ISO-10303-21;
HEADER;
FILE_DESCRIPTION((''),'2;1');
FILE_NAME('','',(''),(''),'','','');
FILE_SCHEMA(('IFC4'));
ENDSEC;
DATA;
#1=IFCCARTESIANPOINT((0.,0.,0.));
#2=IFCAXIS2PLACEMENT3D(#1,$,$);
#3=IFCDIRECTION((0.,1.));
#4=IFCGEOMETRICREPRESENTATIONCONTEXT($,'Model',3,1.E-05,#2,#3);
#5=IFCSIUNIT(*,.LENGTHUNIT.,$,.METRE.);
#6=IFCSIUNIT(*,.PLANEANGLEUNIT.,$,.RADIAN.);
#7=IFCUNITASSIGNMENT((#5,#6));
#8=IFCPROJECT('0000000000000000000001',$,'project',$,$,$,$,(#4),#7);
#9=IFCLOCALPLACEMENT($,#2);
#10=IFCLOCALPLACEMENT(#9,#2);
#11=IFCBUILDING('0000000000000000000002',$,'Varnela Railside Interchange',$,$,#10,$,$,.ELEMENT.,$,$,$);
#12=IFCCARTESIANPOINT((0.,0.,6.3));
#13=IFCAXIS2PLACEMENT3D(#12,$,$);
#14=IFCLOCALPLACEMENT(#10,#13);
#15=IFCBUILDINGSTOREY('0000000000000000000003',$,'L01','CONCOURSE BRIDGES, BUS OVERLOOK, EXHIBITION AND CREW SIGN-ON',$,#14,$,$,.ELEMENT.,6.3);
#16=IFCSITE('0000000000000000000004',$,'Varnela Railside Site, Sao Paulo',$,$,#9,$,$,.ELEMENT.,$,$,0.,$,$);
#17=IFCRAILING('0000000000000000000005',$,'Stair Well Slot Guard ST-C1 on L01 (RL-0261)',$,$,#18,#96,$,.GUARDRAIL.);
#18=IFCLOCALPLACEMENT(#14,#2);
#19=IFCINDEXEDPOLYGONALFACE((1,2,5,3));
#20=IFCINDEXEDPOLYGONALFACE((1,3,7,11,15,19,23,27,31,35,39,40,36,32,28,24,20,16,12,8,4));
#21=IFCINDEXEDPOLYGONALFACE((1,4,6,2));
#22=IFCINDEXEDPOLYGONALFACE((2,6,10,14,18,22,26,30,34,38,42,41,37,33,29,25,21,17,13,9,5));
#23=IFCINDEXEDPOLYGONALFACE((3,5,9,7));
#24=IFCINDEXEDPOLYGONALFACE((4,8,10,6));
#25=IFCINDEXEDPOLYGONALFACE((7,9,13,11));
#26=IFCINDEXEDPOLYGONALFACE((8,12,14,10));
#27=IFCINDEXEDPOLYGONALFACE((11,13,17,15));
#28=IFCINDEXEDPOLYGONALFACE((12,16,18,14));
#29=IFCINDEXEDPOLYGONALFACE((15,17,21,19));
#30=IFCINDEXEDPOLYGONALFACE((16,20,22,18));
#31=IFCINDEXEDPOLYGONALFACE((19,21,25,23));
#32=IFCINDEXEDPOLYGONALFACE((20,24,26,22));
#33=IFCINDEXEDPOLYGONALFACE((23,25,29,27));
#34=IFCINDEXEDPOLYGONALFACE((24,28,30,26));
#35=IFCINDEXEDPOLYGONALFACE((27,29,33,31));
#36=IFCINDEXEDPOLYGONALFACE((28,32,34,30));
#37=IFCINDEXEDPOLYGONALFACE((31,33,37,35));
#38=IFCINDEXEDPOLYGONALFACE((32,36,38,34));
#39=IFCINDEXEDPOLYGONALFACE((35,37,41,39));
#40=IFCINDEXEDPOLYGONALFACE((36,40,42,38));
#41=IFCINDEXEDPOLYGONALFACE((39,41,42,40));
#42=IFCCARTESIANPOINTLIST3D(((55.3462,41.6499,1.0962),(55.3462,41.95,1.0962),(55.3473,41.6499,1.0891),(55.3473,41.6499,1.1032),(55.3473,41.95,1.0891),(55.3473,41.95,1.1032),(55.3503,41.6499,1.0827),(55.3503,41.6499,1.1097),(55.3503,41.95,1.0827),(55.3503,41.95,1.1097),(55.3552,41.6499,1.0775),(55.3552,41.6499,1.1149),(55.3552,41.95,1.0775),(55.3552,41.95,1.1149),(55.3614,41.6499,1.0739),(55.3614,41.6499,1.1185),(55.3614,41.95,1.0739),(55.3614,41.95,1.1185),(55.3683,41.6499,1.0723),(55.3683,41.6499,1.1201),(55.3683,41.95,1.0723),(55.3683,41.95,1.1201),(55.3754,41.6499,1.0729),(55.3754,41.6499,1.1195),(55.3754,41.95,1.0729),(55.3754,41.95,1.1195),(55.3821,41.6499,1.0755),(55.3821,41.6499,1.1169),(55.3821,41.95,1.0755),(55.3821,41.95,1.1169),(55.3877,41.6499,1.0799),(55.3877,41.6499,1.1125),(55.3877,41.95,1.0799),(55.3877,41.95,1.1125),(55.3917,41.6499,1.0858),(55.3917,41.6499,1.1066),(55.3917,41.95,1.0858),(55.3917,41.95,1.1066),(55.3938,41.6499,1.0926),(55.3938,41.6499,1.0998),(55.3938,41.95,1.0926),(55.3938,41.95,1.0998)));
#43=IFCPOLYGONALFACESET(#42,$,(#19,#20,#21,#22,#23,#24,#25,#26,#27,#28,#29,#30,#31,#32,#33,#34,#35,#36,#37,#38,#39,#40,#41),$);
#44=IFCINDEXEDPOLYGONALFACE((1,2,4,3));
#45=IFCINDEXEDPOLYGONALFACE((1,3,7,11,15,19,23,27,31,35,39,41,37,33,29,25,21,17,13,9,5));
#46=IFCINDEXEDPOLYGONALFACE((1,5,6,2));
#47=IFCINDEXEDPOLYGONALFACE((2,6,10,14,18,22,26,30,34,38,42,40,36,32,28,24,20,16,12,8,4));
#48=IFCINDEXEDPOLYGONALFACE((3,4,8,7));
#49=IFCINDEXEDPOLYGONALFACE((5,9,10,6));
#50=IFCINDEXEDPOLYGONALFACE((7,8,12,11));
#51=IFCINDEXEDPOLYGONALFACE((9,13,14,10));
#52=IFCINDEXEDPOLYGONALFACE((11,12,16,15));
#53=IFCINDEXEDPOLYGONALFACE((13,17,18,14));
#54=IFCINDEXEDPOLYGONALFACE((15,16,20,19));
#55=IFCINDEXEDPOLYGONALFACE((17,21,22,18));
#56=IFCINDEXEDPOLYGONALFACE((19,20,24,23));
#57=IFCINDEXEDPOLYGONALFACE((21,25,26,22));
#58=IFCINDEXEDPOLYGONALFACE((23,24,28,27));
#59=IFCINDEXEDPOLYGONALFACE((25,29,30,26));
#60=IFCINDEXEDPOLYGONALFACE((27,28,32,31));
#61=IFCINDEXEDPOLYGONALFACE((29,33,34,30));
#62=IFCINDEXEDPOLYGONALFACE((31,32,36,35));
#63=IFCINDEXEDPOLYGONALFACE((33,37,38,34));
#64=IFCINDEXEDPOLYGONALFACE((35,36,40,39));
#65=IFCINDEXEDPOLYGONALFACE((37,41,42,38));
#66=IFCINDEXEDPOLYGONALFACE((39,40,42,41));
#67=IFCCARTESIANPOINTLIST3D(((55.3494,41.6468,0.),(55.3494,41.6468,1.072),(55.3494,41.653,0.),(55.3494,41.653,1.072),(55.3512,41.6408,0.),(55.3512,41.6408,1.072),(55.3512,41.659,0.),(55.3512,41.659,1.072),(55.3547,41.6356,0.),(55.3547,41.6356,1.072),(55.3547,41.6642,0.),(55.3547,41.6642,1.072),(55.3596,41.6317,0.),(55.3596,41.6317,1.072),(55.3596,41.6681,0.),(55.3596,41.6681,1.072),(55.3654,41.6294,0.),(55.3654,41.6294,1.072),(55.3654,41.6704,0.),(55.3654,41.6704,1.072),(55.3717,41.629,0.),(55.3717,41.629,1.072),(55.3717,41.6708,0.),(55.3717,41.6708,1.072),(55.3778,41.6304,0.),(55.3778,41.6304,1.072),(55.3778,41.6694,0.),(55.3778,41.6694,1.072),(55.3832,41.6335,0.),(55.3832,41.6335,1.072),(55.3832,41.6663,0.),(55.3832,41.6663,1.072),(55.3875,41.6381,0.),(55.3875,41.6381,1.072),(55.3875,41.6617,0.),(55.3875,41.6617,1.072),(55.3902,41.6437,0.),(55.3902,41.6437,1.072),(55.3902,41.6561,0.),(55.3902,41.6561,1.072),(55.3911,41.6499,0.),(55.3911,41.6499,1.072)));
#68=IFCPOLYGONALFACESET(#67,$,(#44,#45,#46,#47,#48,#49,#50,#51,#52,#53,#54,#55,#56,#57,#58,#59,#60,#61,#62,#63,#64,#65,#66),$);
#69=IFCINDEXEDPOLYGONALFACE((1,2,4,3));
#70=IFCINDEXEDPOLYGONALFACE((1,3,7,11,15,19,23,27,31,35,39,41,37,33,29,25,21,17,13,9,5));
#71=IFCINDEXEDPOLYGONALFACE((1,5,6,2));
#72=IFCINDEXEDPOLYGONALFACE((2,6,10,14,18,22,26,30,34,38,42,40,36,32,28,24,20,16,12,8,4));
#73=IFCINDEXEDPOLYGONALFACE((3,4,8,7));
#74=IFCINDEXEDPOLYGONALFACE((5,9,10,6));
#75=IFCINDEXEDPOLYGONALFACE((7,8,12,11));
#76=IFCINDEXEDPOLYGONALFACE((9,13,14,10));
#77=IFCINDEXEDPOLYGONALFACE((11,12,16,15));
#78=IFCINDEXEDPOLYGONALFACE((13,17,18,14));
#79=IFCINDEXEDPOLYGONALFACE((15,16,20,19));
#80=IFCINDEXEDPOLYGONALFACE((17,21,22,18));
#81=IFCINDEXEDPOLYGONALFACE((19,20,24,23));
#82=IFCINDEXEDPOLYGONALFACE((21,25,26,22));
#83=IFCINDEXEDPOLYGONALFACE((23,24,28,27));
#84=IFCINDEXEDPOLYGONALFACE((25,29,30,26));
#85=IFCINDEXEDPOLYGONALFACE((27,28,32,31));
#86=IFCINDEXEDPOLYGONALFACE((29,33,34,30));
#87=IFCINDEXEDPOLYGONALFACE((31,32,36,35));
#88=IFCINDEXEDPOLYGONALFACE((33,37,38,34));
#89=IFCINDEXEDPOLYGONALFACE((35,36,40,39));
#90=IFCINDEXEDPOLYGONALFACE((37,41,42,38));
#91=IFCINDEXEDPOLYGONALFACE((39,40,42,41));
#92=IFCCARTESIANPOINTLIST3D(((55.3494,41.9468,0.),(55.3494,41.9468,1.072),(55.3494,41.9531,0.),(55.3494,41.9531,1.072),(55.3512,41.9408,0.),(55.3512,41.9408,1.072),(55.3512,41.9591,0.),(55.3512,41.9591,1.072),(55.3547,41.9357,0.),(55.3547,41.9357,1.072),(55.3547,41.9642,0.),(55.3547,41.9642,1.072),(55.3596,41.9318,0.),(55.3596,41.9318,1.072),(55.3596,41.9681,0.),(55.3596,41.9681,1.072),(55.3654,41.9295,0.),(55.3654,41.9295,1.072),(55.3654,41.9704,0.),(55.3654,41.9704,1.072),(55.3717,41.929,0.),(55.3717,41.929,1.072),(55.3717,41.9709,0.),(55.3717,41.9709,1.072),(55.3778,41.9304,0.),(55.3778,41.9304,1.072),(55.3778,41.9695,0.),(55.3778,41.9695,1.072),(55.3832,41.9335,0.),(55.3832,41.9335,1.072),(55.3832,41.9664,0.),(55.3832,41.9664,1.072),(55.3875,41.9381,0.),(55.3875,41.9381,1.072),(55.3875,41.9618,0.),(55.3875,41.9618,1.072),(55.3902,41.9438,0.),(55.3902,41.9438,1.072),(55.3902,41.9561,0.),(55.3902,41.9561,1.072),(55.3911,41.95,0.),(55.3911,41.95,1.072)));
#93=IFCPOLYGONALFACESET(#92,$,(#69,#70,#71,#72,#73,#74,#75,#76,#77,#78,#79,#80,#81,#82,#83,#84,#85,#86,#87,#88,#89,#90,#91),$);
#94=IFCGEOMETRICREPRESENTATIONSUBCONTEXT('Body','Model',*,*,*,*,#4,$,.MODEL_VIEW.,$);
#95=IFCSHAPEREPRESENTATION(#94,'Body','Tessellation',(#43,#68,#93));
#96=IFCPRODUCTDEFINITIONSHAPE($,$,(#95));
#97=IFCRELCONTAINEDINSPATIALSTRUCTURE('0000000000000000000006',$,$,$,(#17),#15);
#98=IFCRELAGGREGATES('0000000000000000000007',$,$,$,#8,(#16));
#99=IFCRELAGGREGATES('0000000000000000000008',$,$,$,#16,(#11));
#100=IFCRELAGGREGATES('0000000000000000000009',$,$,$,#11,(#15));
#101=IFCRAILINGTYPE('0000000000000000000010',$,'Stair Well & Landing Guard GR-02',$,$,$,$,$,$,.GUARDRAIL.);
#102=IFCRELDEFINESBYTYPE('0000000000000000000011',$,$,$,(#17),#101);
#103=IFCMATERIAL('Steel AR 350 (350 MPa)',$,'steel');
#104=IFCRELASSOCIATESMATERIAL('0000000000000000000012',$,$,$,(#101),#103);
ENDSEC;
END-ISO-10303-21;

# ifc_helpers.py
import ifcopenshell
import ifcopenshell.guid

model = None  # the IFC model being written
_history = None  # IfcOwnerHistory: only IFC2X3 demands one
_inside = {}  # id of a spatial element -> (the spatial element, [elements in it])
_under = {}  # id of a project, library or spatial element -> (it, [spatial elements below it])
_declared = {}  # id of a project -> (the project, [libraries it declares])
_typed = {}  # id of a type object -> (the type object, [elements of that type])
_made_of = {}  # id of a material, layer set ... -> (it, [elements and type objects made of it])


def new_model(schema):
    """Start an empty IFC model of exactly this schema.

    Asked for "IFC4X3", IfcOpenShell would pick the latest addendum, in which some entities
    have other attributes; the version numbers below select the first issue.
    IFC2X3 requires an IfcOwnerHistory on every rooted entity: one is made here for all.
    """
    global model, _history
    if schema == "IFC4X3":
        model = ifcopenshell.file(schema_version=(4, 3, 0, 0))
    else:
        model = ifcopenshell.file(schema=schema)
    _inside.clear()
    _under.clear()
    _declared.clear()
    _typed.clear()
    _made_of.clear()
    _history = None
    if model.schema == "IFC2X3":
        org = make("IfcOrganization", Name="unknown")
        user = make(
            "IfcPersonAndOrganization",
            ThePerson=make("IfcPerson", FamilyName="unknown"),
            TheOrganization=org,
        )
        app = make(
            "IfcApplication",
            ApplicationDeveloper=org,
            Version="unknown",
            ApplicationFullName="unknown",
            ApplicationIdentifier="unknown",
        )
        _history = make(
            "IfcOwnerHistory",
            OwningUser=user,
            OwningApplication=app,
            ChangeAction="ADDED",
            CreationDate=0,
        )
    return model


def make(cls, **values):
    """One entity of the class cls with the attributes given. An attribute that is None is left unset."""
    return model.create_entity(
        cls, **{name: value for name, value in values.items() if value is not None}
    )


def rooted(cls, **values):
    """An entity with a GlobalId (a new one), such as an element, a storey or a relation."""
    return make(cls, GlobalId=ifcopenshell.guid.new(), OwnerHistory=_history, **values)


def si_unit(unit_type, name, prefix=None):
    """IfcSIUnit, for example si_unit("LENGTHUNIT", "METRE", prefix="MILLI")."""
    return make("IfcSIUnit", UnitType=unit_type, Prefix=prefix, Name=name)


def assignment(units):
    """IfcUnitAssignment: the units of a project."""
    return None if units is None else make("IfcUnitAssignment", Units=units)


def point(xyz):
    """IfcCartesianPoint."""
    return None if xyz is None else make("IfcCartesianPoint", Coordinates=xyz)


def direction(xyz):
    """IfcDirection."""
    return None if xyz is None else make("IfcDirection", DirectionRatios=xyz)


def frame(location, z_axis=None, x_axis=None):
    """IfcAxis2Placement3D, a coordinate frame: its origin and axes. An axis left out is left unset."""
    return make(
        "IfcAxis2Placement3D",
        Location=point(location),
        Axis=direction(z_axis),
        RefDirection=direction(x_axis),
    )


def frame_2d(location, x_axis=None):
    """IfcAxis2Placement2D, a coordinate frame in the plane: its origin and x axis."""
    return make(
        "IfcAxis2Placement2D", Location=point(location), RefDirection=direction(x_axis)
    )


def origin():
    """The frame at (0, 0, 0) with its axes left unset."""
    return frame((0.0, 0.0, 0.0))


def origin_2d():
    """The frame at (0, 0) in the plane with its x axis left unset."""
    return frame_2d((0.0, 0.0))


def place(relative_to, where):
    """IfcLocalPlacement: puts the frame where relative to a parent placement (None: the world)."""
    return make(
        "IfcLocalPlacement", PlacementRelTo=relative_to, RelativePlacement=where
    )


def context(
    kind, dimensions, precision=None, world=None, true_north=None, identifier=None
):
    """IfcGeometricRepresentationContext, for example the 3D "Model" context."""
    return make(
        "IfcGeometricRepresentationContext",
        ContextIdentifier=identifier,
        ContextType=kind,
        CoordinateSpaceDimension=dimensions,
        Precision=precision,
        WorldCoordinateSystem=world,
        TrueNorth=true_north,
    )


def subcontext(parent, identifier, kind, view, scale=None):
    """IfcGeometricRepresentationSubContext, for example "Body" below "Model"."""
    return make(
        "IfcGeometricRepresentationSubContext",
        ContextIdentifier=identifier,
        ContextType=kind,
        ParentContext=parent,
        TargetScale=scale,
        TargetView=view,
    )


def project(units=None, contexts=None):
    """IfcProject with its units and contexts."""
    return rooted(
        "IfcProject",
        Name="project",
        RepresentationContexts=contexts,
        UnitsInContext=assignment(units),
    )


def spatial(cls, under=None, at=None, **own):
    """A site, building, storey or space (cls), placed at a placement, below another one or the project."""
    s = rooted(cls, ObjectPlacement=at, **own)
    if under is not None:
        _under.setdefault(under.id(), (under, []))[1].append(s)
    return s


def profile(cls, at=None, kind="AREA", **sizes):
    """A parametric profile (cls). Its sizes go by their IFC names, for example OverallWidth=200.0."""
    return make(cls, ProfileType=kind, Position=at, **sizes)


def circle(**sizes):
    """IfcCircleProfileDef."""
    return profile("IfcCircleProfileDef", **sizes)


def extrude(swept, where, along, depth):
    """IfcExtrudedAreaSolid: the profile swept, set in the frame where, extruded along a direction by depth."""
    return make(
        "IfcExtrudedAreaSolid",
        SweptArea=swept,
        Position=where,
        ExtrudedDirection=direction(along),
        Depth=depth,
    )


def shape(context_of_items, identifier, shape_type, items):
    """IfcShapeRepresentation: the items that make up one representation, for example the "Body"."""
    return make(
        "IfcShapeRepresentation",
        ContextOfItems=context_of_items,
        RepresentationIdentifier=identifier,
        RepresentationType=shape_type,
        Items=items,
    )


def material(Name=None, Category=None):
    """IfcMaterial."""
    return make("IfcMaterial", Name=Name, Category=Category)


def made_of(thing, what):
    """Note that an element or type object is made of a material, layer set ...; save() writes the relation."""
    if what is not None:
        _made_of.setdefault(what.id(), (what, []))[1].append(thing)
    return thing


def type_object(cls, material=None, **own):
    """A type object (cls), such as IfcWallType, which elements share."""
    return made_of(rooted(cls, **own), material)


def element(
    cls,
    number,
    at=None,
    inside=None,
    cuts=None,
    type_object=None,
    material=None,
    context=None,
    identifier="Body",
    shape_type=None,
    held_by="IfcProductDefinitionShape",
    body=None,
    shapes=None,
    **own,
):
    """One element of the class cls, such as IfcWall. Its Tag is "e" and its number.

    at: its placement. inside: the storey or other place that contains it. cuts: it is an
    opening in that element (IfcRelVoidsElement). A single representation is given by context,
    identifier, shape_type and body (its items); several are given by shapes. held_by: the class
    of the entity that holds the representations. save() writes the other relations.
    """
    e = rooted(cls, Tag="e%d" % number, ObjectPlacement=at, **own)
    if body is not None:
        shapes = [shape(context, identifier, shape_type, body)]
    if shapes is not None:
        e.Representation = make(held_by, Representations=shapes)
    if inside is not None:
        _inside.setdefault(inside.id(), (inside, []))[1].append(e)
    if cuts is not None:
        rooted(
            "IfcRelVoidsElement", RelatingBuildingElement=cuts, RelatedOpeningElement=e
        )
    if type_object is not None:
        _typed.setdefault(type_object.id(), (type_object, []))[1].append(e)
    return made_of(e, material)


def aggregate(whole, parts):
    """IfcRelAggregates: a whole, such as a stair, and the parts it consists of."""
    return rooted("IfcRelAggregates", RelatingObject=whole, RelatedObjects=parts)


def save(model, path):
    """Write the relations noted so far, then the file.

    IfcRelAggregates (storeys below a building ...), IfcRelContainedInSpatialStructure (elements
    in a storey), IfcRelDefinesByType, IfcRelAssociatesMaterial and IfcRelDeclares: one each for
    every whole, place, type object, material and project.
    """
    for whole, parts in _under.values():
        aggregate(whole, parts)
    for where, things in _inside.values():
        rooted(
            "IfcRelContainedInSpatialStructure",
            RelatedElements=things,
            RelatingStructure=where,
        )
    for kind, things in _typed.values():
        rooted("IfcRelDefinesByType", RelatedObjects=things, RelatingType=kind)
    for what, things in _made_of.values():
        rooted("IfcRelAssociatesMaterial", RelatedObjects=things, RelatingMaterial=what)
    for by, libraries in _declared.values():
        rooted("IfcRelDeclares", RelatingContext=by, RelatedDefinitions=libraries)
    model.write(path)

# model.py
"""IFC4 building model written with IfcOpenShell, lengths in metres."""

from ifc_helpers import new_model, si_unit, direction, frame, origin, origin_2d, place, context, subcontext, project, spatial, circle, extrude, material, type_object, element, save


model = new_model("IFC4")

# Units and contexts
model_context = context("Model", 3, precision=1e-05, world=origin(), true_north=direction((0.0, 1.0)))
body_context = subcontext(model_context, "Body", "Model", "MODEL_VIEW")
ifc_project = project(units=[si_unit("LENGTHUNIT", "METRE"), si_unit("PLANEANGLEUNIT", "RADIAN")], contexts=[model_context])

# Site, building, storey
site_placement = place(None, origin())
site = spatial("IfcSite", under=ifc_project, at=site_placement, Name="Varnela Railside Site, Sao Paulo", CompositionType="ELEMENT", RefElevation=0.0)
building_placement = place(site_placement, origin())
building = spatial("IfcBuilding", under=site, at=building_placement, Name="Varnela Railside Interchange", CompositionType="ELEMENT")
storey_placement = place(building_placement, frame((0.0, 0.0, 6.3)))
storey = spatial("IfcBuildingStorey", under=building, at=storey_placement, Name="L01", Description="CONCOURSE BRIDGES, BUS OVERLOOK, EXHIBITION AND CREW SIGN-ON", CompositionType="ELEMENT", Elevation=6.3)

# Shared definitions
ifc_material_1 = material(Name="Steel AR 350 (350 MPa)", Category="steel")

# Railing
railing_type_1 = type_object("IfcRailingType", Name="Stair Well & Landing Guard GR-02", PredefinedType="GUARDRAIL", material=ifc_material_1)
railing_1_placement = place(storey_placement, frame((55.3701, 41.6499, 0.0)))
element("IfcRailing", 1, at=railing_1_placement, inside=storey, type_object=railing_type_1, Name="Stair Well Slot Guard ST-C1 on L01 (RL-0261)", PredefinedType="GUARDRAIL", context=body_context, shape_type="SweptSolid", body=[
    extrude(circle(Radius=0.0239, at=origin_2d()), frame((0.0, 0.0, 1.0962), z_axis=(0.0, 1.0, 0.0), x_axis=(-1.0, 0.0, 0.0)), (0.0, 0.0, 1.0), 0.3),
    extrude(circle(Radius=0.021, at=origin_2d()), origin(), (0.0, 0.0, 1.0), 1.072),
    extrude(circle(Radius=0.021, at=origin_2d()), frame((0.0, 0.3, 0.0)), (0.0, 0.0, 1.0), 1.072),
])

save(model, "model.ifc")
